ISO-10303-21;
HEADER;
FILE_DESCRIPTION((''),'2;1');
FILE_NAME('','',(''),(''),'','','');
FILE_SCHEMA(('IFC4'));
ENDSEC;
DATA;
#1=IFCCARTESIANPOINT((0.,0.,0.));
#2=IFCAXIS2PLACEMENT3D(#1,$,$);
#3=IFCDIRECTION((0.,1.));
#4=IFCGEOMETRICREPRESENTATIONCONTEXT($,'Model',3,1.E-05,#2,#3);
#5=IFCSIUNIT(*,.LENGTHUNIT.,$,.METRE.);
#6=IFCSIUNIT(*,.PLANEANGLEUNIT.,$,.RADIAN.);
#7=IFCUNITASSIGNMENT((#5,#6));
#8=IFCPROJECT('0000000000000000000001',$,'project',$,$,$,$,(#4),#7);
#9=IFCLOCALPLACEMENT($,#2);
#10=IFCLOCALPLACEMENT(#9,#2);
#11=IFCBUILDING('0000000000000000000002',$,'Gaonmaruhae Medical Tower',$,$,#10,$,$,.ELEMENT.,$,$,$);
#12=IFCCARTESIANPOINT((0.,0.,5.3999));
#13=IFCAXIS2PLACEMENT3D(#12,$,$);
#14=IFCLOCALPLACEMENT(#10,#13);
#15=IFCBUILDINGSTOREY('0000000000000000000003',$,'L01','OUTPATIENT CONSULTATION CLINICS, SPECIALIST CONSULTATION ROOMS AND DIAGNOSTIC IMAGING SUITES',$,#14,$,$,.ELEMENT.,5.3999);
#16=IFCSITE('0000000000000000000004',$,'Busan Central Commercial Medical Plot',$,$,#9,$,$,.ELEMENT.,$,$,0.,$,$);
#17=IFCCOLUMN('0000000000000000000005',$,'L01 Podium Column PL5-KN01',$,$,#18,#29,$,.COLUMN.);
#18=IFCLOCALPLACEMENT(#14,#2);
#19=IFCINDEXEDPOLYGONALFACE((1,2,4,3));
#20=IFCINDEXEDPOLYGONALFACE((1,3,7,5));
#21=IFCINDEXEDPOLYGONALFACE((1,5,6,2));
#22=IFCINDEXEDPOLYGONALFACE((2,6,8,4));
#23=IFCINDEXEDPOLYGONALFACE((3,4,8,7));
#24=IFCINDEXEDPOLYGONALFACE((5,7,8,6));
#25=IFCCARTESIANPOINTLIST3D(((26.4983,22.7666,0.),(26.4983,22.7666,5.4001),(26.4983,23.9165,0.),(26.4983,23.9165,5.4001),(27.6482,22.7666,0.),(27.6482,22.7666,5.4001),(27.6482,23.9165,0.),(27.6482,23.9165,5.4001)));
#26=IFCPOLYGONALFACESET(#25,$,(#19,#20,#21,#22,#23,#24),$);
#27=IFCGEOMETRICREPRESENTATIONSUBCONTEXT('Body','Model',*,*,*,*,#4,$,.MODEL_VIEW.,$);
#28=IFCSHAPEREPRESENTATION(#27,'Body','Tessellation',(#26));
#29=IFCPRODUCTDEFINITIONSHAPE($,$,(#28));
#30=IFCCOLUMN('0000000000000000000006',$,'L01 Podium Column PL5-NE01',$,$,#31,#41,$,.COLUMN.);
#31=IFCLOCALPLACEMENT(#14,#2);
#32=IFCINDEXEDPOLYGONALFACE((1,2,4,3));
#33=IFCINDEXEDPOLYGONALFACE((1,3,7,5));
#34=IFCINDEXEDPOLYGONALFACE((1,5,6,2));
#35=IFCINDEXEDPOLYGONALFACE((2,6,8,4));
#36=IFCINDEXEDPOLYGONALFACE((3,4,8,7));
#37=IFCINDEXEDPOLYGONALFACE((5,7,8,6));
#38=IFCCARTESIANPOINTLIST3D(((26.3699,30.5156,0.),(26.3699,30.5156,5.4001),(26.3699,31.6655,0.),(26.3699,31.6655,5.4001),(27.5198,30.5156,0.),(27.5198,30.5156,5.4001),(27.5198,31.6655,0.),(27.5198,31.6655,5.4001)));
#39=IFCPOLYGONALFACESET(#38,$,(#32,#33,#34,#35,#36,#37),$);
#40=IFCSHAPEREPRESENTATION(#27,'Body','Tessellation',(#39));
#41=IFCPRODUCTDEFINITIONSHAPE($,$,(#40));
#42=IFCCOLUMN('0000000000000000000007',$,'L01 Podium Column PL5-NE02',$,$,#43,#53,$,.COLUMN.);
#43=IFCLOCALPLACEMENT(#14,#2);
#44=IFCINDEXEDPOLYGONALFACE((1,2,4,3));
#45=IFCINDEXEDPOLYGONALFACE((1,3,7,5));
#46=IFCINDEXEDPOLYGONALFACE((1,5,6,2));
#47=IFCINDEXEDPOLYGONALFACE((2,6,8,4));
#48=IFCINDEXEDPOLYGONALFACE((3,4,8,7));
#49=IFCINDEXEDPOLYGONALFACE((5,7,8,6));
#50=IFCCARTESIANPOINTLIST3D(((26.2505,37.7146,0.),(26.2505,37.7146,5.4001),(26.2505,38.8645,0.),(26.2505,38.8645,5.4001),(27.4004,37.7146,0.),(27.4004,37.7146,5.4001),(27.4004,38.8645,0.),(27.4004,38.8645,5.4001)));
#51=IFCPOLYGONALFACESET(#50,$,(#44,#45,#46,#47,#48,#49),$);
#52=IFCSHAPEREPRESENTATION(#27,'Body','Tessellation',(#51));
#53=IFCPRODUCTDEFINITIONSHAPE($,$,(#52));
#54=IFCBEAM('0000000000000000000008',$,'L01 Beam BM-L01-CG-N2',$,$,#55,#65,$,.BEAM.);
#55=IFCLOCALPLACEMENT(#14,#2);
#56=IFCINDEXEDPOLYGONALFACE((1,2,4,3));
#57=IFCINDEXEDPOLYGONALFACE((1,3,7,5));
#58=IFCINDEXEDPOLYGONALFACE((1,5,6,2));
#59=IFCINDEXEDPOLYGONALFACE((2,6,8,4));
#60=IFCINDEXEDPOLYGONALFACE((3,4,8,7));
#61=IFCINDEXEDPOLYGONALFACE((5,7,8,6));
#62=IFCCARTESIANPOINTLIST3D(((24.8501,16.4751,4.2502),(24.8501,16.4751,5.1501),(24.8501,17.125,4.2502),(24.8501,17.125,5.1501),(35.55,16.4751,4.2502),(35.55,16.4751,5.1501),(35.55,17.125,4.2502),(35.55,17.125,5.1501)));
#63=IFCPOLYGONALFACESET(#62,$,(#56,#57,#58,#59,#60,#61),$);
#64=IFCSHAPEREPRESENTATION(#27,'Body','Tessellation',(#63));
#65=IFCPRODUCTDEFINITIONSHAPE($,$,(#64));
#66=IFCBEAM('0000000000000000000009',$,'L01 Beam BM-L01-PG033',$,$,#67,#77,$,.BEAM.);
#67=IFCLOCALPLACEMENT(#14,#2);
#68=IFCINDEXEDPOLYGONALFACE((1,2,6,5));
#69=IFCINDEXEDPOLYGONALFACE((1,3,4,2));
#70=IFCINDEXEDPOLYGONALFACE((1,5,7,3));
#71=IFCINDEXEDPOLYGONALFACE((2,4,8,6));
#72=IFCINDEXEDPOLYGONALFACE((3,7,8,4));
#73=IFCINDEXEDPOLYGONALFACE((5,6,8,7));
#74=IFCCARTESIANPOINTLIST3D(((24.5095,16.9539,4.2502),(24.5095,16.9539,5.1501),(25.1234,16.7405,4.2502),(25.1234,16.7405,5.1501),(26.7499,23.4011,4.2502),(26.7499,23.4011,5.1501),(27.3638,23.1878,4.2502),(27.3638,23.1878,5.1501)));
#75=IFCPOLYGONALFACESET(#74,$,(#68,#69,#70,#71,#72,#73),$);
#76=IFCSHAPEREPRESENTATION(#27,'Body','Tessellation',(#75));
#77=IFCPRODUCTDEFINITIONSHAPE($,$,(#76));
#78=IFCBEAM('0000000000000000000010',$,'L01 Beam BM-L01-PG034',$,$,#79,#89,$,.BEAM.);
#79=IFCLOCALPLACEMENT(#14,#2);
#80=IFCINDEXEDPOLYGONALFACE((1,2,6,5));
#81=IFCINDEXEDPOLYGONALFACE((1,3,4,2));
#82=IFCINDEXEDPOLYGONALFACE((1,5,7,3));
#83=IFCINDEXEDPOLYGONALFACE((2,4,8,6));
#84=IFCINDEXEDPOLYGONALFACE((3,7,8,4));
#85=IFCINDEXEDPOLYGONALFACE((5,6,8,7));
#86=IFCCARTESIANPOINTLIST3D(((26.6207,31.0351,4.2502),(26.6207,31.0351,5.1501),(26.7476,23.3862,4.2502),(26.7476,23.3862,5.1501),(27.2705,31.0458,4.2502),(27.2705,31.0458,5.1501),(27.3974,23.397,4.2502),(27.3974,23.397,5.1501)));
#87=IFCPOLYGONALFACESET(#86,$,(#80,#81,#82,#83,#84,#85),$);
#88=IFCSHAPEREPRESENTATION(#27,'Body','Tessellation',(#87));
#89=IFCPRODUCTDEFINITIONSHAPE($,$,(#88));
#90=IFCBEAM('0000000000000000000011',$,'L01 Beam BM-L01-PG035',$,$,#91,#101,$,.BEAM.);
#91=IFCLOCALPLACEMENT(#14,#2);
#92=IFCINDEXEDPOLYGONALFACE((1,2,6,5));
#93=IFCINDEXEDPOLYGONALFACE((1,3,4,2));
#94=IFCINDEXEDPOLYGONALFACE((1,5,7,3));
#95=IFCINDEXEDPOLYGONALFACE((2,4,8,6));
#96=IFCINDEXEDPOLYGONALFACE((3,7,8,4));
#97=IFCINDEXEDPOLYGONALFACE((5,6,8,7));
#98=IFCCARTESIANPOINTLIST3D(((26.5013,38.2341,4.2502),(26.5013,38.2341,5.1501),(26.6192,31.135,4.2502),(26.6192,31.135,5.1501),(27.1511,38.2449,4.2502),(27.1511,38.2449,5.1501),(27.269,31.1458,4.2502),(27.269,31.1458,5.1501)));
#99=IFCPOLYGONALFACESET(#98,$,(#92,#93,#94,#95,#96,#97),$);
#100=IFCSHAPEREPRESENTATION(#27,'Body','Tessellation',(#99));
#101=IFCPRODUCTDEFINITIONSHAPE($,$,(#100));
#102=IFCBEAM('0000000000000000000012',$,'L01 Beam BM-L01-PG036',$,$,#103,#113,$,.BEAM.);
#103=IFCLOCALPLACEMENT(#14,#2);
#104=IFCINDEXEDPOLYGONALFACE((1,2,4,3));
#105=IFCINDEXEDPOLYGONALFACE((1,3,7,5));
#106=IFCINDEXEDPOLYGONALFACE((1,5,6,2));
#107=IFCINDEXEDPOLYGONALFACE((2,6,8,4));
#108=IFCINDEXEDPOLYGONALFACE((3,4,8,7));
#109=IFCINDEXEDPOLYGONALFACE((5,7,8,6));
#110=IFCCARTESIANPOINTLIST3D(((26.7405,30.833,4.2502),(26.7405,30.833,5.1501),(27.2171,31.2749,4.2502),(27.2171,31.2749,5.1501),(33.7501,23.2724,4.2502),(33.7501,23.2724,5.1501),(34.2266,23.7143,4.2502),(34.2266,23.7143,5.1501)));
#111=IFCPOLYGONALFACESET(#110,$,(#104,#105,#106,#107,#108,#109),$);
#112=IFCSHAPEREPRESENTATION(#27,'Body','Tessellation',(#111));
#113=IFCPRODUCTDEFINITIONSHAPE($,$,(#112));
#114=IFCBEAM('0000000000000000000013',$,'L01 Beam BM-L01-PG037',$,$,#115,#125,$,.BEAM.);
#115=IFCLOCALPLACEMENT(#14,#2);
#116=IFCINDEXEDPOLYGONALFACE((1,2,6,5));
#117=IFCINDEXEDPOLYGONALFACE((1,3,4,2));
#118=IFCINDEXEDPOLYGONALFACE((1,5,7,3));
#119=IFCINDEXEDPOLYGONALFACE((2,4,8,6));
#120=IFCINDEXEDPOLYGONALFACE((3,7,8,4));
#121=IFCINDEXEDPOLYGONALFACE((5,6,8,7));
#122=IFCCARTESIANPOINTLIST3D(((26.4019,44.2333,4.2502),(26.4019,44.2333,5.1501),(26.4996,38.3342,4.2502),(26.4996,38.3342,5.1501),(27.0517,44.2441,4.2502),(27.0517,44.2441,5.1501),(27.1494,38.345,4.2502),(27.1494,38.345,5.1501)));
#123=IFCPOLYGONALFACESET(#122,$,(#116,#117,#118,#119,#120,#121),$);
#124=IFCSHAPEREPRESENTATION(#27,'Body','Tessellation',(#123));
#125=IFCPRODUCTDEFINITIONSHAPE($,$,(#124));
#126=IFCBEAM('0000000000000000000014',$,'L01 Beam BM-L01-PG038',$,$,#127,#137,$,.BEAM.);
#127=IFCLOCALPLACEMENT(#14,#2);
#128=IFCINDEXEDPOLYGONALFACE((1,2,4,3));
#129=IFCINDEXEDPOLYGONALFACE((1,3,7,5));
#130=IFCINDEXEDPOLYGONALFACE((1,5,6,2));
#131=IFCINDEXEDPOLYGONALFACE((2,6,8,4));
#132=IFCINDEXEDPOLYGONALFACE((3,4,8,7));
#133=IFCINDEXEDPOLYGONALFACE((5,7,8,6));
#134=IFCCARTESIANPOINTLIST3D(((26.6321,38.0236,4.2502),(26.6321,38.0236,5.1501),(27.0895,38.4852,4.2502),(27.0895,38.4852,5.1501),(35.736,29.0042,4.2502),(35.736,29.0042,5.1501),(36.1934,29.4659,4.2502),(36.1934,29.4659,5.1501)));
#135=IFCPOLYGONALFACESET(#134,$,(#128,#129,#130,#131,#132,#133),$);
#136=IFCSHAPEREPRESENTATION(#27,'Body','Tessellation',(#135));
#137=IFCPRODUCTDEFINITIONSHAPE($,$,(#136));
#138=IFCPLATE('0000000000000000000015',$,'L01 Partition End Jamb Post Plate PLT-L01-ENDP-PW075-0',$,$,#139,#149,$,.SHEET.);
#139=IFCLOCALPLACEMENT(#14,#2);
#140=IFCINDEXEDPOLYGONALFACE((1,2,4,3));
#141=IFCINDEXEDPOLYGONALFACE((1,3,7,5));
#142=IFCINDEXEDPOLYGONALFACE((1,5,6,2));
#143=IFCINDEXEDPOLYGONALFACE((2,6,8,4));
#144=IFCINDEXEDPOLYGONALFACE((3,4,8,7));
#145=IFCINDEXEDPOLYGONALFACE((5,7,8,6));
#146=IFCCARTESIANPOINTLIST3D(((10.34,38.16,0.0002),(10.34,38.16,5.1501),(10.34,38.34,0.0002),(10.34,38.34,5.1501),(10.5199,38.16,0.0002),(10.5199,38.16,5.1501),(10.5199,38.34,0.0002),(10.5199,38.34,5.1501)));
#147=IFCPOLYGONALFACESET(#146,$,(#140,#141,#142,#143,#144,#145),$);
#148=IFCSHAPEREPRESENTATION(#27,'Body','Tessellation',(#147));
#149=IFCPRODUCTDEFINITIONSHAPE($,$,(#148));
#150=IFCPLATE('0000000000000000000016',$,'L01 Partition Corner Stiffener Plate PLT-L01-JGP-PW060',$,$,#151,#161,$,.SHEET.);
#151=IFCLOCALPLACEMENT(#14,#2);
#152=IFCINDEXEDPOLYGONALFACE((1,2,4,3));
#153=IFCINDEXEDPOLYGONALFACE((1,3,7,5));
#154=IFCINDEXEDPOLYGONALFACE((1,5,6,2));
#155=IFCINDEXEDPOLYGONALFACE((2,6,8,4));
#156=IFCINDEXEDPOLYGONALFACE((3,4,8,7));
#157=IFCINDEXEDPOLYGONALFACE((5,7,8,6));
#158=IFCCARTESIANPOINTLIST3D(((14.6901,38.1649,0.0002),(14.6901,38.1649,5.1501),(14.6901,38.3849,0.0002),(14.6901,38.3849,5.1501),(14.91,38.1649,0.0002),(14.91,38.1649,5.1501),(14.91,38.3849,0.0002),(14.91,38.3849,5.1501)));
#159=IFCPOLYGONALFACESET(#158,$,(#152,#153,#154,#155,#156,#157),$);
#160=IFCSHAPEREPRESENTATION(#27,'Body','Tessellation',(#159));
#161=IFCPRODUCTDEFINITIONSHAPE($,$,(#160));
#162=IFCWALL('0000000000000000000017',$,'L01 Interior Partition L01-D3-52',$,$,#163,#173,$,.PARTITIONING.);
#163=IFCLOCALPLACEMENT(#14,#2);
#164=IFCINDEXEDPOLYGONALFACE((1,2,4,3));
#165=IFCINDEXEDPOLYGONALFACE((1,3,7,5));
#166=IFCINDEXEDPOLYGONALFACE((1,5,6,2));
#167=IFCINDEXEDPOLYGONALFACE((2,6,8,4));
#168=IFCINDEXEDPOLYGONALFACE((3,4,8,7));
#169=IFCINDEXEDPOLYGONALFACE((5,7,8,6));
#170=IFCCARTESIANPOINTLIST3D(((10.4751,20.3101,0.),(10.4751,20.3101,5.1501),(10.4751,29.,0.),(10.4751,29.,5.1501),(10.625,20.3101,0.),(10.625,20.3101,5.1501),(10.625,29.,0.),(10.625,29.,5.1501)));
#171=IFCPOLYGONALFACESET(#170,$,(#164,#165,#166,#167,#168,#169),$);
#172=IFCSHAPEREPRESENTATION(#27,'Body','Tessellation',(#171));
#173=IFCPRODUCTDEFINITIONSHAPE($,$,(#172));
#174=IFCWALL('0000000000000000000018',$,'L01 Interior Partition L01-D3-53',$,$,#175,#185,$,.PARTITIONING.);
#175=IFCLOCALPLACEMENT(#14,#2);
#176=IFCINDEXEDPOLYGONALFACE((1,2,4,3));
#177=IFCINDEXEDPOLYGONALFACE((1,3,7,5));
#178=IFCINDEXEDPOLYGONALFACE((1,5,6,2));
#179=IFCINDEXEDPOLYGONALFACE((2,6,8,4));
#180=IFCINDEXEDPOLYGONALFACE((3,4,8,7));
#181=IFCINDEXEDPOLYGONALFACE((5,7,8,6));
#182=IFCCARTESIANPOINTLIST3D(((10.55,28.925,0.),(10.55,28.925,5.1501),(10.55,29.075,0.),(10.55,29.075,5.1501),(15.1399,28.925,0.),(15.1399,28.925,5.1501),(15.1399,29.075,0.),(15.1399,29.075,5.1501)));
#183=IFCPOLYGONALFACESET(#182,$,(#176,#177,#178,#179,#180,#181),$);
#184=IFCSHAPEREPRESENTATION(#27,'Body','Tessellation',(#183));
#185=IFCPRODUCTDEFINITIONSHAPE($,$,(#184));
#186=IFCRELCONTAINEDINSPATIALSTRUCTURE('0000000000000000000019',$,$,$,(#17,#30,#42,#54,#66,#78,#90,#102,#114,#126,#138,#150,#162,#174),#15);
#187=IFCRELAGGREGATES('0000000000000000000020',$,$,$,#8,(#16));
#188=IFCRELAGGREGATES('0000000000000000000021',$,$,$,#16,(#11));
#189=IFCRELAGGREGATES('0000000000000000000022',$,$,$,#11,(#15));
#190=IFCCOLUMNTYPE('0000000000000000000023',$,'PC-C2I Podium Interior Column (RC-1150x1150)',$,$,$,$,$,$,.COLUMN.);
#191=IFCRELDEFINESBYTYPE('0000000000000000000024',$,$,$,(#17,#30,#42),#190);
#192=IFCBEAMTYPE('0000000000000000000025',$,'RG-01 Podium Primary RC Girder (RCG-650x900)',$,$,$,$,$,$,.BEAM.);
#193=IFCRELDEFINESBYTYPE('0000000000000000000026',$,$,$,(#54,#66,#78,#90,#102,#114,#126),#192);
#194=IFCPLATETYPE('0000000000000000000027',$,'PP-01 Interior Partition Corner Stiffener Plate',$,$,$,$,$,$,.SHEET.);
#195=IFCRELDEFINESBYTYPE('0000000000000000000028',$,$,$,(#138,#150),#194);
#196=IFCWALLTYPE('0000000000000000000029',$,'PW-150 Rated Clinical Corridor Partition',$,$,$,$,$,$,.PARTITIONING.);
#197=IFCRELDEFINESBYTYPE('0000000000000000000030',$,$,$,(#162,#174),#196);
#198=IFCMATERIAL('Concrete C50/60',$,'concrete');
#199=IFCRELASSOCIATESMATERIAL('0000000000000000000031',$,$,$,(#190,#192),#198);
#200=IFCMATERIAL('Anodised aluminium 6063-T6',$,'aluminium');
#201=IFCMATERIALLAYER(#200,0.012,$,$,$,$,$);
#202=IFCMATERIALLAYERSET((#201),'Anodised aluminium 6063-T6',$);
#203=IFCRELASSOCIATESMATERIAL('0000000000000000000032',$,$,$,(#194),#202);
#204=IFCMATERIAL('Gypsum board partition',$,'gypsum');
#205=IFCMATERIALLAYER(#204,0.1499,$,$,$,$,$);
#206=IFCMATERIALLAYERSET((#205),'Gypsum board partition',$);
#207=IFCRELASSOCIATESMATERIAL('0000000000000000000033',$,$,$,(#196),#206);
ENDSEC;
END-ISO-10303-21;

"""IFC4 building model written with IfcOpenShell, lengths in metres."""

from ifc_helpers import new_model, si_unit, direction, frame, frame_2d, origin, origin_2d, place, context, subcontext, project, spatial, rectangle, extrude, material, layer, layer_set, material_profile, profile_set, type_object, element, save


model = new_model("IFC4")

# Units and contexts
model_context = context("Model", 3, precision=1e-05, world=origin(), true_north=direction((0.0, 1.0)))
body_context = subcontext(model_context, "Body", "Model", "MODEL_VIEW")
ifc_project = project(units=[si_unit("LENGTHUNIT", "METRE"), si_unit("PLANEANGLEUNIT", "RADIAN")], contexts=[model_context])

# Site, building, storey
site_placement = place(None, origin())
site = spatial("IfcSite", under=ifc_project, at=site_placement, Name="Busan Central Commercial Medical Plot", CompositionType="ELEMENT", RefElevation=0.0)
building_placement = place(site_placement, origin())
building = spatial("IfcBuilding", under=site, at=building_placement, Name="Gaonmaruhae Medical Tower", CompositionType="ELEMENT")
storey_placement = place(building_placement, frame((0.0, 0.0, 5.3999)))
storey = spatial("IfcBuildingStorey", under=building, at=storey_placement, Name="L01", Description="OUTPATIENT CONSULTATION CLINICS, SPECIALIST CONSULTATION ROOMS AND DIAGNOSTIC IMAGING SUITES", CompositionType="ELEMENT", Elevation=5.3999)

# Columns
ifc_material_1 = material(Name="Concrete C50/60", Category="concrete")
ifc_material_profile_1 = material_profile(ifc_material_1, rectangle(XDim=1.1499, YDim=1.1499, at=origin_2d()), Name="RC-1150x1150")
ifc_profile_set_1 = profile_set([ifc_material_profile_1], Name="Concrete C50/60")
column_type = type_object("IfcColumnType", Name="PC-C2I Podium Interior Column (RC-1150x1150)", PredefinedType="COLUMN", material=ifc_profile_set_1)
for number, where, z_axis, x_axis, name in (
    (1, (27.0732, 23.3416, 0.0), (0.0, 0.0, 1.0), (1.0, 0.0, 0.0), "L01 Podium Column PL5-KN01"),
    (2, (26.9448, 31.0906, 0.0), (0.0, 0.0, 1.0), (1.0, 0.0, 0.0), "L01 Podium Column PL5-NE01"),
    (3, (26.8254, 38.2896, 0.0), (0.0, 0.0, 1.0), (1.0, 0.0, 0.0), "L01 Podium Column PL5-NE02"),
):
    element("IfcColumn", number, at=place(storey_placement, frame(where, z_axis=z_axis, x_axis=x_axis)), inside=storey, type_object=column_type, Name=name, PredefinedType="COLUMN", context=body_context, shape_type="SweptSolid", body=[
        extrude(rectangle(XDim=1.1499, YDim=1.1499, at=origin_2d()), origin(), (0.0, 0.0, 1.0), 5.4001),
    ])

# Beams
ifc_material_profile_2 = material_profile(ifc_material_1, rectangle(XDim=0.6499, YDim=0.8999, at=origin_2d()), Name="RCG-650x900")
ifc_profile_set_2 = profile_set([ifc_material_profile_2], Name="Concrete C50/60")
beam_type = type_object("IfcBeamType", Name="RG-01 Podium Primary RC Girder (RCG-650x900)", PredefinedType="BEAM", material=ifc_profile_set_2)
beam_1_placement = place(storey_placement, frame((24.8501, 16.8, 4.7002), z_axis=(1.0, 0.0, 0.0), x_axis=(0.0, 1.0, 0.0)))
element("IfcBeam", 4, at=beam_1_placement, inside=storey, type_object=beam_type, Name="L01 Beam BM-L01-CG-N2", PredefinedType="BEAM", context=body_context, shape_type="SweptSolid", body=[
    extrude(rectangle(XDim=0.6499, YDim=0.8999, at=origin_2d()), origin(), (0.0, 0.0, 1.0), 10.7),
])
beam_2_placement = place(storey_placement, frame((27.0569, 23.2944, 4.7002), z_axis=(-0.328253, -0.94459, 0.0), x_axis=(0.94459, -0.328253, 0.0)))
element("IfcBeam", 5, at=beam_2_placement, inside=storey, type_object=beam_type, Name="L01 Beam BM-L01-PG033", PredefinedType="BEAM", context=body_context, shape_type="SweptSolid", body=[
    extrude(rectangle(XDim=0.6499, YDim=0.8999, at=origin_2d()), origin(), (0.0, 0.0, 1.0), 6.8254),
])
beam_3_placement = place(storey_placement, frame((27.0725, 23.3916, 4.7002), z_axis=(-0.016595, 0.999862, 0.0), x_axis=(-0.999862, -0.016595, 0.0)))
element("IfcBeam", 6, at=beam_3_placement, inside=storey, type_object=beam_type, Name="L01 Beam BM-L01-PG034", PredefinedType="BEAM", context=body_context, shape_type="SweptSolid", body=[
    extrude(rectangle(XDim=0.6499, YDim=0.8999, at=origin_2d()), origin(), (0.0, 0.0, 1.0), 7.6499),
])
beam_4_placement = place(storey_placement, frame((26.9441, 31.1404, 4.7002), z_axis=(-0.016608, 0.999862, 0.0), x_axis=(-0.999862, -0.016608, 0.0)))
element("IfcBeam", 7, at=beam_4_placement, inside=storey, type_object=beam_type, Name="L01 Beam BM-L01-PG035", PredefinedType="BEAM", context=body_context, shape_type="SweptSolid", body=[
    extrude(rectangle(XDim=0.6499, YDim=0.8999, at=origin_2d()), origin(), (0.0, 0.0, 1.0), 7.1001),
])
beam_5_placement = place(storey_placement, frame((26.9788, 31.054, 4.7002), z_axis=(0.679879, -0.733325, 0.0), x_axis=(0.733325, 0.679879, 0.0)))
element("IfcBeam", 8, at=beam_5_placement, inside=storey, type_object=beam_type, Name="L01 Beam BM-L01-PG036", PredefinedType="BEAM", context=body_context, shape_type="SweptSolid", body=[
    extrude(rectangle(XDim=0.6499, YDim=0.8999, at=origin_2d()), origin(), (0.0, 0.0, 1.0), 10.3101),
])
beam_6_placement = place(storey_placement, frame((26.8245, 38.3396, 4.7002), z_axis=(-0.016552, 0.999863, 0.0), x_axis=(-0.999863, -0.016552, 0.0)))
element("IfcBeam", 9, at=beam_6_placement, inside=storey, type_object=beam_type, Name="L01 Beam BM-L01-PG037", PredefinedType="BEAM", context=body_context, shape_type="SweptSolid", body=[
    extrude(rectangle(XDim=0.6499, YDim=0.8999, at=origin_2d()), origin(), (0.0, 0.0, 1.0), 5.8999),
])
beam_7_placement = place(storey_placement, frame((26.8608, 38.2544, 4.7002), z_axis=(0.710395, -0.703803, 0.0), x_axis=(0.703803, 0.710395, 0.0)))
element("IfcBeam", 10, at=beam_7_placement, inside=storey, type_object=beam_type, Name="L01 Beam BM-L01-PG038", PredefinedType="BEAM", context=body_context, shape_type="SweptSolid", body=[
    extrude(rectangle(XDim=0.6499, YDim=0.8999, at=origin_2d()), origin(), (0.0, 0.0, 1.0), 12.8152),
])

# Plates
ifc_material_2 = material(Name="Anodised aluminium 6063-T6", Category="aluminium")
ifc_layer_1 = layer(ifc_material_2, 0.012)
ifc_layer_set_1 = layer_set([ifc_layer_1], Name="Anodised aluminium 6063-T6")
plate_type = type_object("IfcPlateType", Name="PP-01 Interior Partition Corner Stiffener Plate", PredefinedType="SHEET", material=ifc_layer_set_1)
plate_1_placement = place(storey_placement, frame((10.4299, 38.25, 0.0002), z_axis=(0.0, 0.0, 1.0), x_axis=(-1.0, 0.0, 0.0)))
element("IfcPlate", 11, at=plate_1_placement, inside=storey, type_object=plate_type, Name="L01 Partition End Jamb Post Plate PLT-L01-ENDP-PW075-0", PredefinedType="SHEET", context=body_context, shape_type="SweptSolid", body=[
    extrude(rectangle(XDim=0.1799, YDim=0.1799, at=origin_2d()), origin(), (0.0, 0.0, 1.0), 5.1499),
])
plate_2_placement = place(storey_placement, frame((14.8, 38.2749, 0.0002), z_axis=(0.0, 0.0, 1.0), x_axis=(0.0, 1.0, 0.0)))
element("IfcPlate", 12, at=plate_2_placement, inside=storey, type_object=plate_type, Name="L01 Partition Corner Stiffener Plate PLT-L01-JGP-PW060", PredefinedType="SHEET", context=body_context, shape_type="SweptSolid", body=[
    extrude(rectangle(XDim=0.22, YDim=0.22, at=origin_2d()), origin(), (0.0, 0.0, 1.0), 5.1499),
])

# Walls
ifc_material_3 = material(Name="Gypsum board partition", Category="gypsum")
ifc_layer_2 = layer(ifc_material_3, 0.1499)
ifc_layer_set_2 = layer_set([ifc_layer_2], Name="Gypsum board partition")
wall_type_1 = type_object("IfcWallType", Name="PW-150 Rated Clinical Corridor Partition", PredefinedType="PARTITIONING", material=ifc_layer_set_2)
wall_1_placement = place(storey_placement, frame((10.55, 20.3101, 0.0), z_axis=(0.0, 0.0, 1.0), x_axis=(0.0, 1.0, 0.0)))
element("IfcWall", 13, at=wall_1_placement, inside=storey, type_object=wall_type_1, Name="L01 Interior Partition L01-D3-52", PredefinedType="PARTITIONING", context=body_context, shape_type="SweptSolid", body=[
    extrude(rectangle(XDim=8.6899, YDim=0.1499, at=frame_2d((4.345, 0.0))), origin(), (0.0, 0.0, 1.0), 5.1501),
])
wall_2_placement = place(storey_placement, frame((10.55, 29.0, 0.0), z_axis=(0.0, 0.0, 1.0), x_axis=(1.0, 0.0, 0.0)))
element("IfcWall", 14, at=wall_2_placement, inside=storey, type_object=wall_type_1, Name="L01 Interior Partition L01-D3-53", PredefinedType="PARTITIONING", context=body_context, shape_type="SweptSolid", body=[
    extrude(rectangle(XDim=4.5898, YDim=0.1499, at=frame_2d((2.2949, 0.0))), origin(), (0.0, 0.0, 1.0), 5.1501),
])

save(model, "model.ifc")
